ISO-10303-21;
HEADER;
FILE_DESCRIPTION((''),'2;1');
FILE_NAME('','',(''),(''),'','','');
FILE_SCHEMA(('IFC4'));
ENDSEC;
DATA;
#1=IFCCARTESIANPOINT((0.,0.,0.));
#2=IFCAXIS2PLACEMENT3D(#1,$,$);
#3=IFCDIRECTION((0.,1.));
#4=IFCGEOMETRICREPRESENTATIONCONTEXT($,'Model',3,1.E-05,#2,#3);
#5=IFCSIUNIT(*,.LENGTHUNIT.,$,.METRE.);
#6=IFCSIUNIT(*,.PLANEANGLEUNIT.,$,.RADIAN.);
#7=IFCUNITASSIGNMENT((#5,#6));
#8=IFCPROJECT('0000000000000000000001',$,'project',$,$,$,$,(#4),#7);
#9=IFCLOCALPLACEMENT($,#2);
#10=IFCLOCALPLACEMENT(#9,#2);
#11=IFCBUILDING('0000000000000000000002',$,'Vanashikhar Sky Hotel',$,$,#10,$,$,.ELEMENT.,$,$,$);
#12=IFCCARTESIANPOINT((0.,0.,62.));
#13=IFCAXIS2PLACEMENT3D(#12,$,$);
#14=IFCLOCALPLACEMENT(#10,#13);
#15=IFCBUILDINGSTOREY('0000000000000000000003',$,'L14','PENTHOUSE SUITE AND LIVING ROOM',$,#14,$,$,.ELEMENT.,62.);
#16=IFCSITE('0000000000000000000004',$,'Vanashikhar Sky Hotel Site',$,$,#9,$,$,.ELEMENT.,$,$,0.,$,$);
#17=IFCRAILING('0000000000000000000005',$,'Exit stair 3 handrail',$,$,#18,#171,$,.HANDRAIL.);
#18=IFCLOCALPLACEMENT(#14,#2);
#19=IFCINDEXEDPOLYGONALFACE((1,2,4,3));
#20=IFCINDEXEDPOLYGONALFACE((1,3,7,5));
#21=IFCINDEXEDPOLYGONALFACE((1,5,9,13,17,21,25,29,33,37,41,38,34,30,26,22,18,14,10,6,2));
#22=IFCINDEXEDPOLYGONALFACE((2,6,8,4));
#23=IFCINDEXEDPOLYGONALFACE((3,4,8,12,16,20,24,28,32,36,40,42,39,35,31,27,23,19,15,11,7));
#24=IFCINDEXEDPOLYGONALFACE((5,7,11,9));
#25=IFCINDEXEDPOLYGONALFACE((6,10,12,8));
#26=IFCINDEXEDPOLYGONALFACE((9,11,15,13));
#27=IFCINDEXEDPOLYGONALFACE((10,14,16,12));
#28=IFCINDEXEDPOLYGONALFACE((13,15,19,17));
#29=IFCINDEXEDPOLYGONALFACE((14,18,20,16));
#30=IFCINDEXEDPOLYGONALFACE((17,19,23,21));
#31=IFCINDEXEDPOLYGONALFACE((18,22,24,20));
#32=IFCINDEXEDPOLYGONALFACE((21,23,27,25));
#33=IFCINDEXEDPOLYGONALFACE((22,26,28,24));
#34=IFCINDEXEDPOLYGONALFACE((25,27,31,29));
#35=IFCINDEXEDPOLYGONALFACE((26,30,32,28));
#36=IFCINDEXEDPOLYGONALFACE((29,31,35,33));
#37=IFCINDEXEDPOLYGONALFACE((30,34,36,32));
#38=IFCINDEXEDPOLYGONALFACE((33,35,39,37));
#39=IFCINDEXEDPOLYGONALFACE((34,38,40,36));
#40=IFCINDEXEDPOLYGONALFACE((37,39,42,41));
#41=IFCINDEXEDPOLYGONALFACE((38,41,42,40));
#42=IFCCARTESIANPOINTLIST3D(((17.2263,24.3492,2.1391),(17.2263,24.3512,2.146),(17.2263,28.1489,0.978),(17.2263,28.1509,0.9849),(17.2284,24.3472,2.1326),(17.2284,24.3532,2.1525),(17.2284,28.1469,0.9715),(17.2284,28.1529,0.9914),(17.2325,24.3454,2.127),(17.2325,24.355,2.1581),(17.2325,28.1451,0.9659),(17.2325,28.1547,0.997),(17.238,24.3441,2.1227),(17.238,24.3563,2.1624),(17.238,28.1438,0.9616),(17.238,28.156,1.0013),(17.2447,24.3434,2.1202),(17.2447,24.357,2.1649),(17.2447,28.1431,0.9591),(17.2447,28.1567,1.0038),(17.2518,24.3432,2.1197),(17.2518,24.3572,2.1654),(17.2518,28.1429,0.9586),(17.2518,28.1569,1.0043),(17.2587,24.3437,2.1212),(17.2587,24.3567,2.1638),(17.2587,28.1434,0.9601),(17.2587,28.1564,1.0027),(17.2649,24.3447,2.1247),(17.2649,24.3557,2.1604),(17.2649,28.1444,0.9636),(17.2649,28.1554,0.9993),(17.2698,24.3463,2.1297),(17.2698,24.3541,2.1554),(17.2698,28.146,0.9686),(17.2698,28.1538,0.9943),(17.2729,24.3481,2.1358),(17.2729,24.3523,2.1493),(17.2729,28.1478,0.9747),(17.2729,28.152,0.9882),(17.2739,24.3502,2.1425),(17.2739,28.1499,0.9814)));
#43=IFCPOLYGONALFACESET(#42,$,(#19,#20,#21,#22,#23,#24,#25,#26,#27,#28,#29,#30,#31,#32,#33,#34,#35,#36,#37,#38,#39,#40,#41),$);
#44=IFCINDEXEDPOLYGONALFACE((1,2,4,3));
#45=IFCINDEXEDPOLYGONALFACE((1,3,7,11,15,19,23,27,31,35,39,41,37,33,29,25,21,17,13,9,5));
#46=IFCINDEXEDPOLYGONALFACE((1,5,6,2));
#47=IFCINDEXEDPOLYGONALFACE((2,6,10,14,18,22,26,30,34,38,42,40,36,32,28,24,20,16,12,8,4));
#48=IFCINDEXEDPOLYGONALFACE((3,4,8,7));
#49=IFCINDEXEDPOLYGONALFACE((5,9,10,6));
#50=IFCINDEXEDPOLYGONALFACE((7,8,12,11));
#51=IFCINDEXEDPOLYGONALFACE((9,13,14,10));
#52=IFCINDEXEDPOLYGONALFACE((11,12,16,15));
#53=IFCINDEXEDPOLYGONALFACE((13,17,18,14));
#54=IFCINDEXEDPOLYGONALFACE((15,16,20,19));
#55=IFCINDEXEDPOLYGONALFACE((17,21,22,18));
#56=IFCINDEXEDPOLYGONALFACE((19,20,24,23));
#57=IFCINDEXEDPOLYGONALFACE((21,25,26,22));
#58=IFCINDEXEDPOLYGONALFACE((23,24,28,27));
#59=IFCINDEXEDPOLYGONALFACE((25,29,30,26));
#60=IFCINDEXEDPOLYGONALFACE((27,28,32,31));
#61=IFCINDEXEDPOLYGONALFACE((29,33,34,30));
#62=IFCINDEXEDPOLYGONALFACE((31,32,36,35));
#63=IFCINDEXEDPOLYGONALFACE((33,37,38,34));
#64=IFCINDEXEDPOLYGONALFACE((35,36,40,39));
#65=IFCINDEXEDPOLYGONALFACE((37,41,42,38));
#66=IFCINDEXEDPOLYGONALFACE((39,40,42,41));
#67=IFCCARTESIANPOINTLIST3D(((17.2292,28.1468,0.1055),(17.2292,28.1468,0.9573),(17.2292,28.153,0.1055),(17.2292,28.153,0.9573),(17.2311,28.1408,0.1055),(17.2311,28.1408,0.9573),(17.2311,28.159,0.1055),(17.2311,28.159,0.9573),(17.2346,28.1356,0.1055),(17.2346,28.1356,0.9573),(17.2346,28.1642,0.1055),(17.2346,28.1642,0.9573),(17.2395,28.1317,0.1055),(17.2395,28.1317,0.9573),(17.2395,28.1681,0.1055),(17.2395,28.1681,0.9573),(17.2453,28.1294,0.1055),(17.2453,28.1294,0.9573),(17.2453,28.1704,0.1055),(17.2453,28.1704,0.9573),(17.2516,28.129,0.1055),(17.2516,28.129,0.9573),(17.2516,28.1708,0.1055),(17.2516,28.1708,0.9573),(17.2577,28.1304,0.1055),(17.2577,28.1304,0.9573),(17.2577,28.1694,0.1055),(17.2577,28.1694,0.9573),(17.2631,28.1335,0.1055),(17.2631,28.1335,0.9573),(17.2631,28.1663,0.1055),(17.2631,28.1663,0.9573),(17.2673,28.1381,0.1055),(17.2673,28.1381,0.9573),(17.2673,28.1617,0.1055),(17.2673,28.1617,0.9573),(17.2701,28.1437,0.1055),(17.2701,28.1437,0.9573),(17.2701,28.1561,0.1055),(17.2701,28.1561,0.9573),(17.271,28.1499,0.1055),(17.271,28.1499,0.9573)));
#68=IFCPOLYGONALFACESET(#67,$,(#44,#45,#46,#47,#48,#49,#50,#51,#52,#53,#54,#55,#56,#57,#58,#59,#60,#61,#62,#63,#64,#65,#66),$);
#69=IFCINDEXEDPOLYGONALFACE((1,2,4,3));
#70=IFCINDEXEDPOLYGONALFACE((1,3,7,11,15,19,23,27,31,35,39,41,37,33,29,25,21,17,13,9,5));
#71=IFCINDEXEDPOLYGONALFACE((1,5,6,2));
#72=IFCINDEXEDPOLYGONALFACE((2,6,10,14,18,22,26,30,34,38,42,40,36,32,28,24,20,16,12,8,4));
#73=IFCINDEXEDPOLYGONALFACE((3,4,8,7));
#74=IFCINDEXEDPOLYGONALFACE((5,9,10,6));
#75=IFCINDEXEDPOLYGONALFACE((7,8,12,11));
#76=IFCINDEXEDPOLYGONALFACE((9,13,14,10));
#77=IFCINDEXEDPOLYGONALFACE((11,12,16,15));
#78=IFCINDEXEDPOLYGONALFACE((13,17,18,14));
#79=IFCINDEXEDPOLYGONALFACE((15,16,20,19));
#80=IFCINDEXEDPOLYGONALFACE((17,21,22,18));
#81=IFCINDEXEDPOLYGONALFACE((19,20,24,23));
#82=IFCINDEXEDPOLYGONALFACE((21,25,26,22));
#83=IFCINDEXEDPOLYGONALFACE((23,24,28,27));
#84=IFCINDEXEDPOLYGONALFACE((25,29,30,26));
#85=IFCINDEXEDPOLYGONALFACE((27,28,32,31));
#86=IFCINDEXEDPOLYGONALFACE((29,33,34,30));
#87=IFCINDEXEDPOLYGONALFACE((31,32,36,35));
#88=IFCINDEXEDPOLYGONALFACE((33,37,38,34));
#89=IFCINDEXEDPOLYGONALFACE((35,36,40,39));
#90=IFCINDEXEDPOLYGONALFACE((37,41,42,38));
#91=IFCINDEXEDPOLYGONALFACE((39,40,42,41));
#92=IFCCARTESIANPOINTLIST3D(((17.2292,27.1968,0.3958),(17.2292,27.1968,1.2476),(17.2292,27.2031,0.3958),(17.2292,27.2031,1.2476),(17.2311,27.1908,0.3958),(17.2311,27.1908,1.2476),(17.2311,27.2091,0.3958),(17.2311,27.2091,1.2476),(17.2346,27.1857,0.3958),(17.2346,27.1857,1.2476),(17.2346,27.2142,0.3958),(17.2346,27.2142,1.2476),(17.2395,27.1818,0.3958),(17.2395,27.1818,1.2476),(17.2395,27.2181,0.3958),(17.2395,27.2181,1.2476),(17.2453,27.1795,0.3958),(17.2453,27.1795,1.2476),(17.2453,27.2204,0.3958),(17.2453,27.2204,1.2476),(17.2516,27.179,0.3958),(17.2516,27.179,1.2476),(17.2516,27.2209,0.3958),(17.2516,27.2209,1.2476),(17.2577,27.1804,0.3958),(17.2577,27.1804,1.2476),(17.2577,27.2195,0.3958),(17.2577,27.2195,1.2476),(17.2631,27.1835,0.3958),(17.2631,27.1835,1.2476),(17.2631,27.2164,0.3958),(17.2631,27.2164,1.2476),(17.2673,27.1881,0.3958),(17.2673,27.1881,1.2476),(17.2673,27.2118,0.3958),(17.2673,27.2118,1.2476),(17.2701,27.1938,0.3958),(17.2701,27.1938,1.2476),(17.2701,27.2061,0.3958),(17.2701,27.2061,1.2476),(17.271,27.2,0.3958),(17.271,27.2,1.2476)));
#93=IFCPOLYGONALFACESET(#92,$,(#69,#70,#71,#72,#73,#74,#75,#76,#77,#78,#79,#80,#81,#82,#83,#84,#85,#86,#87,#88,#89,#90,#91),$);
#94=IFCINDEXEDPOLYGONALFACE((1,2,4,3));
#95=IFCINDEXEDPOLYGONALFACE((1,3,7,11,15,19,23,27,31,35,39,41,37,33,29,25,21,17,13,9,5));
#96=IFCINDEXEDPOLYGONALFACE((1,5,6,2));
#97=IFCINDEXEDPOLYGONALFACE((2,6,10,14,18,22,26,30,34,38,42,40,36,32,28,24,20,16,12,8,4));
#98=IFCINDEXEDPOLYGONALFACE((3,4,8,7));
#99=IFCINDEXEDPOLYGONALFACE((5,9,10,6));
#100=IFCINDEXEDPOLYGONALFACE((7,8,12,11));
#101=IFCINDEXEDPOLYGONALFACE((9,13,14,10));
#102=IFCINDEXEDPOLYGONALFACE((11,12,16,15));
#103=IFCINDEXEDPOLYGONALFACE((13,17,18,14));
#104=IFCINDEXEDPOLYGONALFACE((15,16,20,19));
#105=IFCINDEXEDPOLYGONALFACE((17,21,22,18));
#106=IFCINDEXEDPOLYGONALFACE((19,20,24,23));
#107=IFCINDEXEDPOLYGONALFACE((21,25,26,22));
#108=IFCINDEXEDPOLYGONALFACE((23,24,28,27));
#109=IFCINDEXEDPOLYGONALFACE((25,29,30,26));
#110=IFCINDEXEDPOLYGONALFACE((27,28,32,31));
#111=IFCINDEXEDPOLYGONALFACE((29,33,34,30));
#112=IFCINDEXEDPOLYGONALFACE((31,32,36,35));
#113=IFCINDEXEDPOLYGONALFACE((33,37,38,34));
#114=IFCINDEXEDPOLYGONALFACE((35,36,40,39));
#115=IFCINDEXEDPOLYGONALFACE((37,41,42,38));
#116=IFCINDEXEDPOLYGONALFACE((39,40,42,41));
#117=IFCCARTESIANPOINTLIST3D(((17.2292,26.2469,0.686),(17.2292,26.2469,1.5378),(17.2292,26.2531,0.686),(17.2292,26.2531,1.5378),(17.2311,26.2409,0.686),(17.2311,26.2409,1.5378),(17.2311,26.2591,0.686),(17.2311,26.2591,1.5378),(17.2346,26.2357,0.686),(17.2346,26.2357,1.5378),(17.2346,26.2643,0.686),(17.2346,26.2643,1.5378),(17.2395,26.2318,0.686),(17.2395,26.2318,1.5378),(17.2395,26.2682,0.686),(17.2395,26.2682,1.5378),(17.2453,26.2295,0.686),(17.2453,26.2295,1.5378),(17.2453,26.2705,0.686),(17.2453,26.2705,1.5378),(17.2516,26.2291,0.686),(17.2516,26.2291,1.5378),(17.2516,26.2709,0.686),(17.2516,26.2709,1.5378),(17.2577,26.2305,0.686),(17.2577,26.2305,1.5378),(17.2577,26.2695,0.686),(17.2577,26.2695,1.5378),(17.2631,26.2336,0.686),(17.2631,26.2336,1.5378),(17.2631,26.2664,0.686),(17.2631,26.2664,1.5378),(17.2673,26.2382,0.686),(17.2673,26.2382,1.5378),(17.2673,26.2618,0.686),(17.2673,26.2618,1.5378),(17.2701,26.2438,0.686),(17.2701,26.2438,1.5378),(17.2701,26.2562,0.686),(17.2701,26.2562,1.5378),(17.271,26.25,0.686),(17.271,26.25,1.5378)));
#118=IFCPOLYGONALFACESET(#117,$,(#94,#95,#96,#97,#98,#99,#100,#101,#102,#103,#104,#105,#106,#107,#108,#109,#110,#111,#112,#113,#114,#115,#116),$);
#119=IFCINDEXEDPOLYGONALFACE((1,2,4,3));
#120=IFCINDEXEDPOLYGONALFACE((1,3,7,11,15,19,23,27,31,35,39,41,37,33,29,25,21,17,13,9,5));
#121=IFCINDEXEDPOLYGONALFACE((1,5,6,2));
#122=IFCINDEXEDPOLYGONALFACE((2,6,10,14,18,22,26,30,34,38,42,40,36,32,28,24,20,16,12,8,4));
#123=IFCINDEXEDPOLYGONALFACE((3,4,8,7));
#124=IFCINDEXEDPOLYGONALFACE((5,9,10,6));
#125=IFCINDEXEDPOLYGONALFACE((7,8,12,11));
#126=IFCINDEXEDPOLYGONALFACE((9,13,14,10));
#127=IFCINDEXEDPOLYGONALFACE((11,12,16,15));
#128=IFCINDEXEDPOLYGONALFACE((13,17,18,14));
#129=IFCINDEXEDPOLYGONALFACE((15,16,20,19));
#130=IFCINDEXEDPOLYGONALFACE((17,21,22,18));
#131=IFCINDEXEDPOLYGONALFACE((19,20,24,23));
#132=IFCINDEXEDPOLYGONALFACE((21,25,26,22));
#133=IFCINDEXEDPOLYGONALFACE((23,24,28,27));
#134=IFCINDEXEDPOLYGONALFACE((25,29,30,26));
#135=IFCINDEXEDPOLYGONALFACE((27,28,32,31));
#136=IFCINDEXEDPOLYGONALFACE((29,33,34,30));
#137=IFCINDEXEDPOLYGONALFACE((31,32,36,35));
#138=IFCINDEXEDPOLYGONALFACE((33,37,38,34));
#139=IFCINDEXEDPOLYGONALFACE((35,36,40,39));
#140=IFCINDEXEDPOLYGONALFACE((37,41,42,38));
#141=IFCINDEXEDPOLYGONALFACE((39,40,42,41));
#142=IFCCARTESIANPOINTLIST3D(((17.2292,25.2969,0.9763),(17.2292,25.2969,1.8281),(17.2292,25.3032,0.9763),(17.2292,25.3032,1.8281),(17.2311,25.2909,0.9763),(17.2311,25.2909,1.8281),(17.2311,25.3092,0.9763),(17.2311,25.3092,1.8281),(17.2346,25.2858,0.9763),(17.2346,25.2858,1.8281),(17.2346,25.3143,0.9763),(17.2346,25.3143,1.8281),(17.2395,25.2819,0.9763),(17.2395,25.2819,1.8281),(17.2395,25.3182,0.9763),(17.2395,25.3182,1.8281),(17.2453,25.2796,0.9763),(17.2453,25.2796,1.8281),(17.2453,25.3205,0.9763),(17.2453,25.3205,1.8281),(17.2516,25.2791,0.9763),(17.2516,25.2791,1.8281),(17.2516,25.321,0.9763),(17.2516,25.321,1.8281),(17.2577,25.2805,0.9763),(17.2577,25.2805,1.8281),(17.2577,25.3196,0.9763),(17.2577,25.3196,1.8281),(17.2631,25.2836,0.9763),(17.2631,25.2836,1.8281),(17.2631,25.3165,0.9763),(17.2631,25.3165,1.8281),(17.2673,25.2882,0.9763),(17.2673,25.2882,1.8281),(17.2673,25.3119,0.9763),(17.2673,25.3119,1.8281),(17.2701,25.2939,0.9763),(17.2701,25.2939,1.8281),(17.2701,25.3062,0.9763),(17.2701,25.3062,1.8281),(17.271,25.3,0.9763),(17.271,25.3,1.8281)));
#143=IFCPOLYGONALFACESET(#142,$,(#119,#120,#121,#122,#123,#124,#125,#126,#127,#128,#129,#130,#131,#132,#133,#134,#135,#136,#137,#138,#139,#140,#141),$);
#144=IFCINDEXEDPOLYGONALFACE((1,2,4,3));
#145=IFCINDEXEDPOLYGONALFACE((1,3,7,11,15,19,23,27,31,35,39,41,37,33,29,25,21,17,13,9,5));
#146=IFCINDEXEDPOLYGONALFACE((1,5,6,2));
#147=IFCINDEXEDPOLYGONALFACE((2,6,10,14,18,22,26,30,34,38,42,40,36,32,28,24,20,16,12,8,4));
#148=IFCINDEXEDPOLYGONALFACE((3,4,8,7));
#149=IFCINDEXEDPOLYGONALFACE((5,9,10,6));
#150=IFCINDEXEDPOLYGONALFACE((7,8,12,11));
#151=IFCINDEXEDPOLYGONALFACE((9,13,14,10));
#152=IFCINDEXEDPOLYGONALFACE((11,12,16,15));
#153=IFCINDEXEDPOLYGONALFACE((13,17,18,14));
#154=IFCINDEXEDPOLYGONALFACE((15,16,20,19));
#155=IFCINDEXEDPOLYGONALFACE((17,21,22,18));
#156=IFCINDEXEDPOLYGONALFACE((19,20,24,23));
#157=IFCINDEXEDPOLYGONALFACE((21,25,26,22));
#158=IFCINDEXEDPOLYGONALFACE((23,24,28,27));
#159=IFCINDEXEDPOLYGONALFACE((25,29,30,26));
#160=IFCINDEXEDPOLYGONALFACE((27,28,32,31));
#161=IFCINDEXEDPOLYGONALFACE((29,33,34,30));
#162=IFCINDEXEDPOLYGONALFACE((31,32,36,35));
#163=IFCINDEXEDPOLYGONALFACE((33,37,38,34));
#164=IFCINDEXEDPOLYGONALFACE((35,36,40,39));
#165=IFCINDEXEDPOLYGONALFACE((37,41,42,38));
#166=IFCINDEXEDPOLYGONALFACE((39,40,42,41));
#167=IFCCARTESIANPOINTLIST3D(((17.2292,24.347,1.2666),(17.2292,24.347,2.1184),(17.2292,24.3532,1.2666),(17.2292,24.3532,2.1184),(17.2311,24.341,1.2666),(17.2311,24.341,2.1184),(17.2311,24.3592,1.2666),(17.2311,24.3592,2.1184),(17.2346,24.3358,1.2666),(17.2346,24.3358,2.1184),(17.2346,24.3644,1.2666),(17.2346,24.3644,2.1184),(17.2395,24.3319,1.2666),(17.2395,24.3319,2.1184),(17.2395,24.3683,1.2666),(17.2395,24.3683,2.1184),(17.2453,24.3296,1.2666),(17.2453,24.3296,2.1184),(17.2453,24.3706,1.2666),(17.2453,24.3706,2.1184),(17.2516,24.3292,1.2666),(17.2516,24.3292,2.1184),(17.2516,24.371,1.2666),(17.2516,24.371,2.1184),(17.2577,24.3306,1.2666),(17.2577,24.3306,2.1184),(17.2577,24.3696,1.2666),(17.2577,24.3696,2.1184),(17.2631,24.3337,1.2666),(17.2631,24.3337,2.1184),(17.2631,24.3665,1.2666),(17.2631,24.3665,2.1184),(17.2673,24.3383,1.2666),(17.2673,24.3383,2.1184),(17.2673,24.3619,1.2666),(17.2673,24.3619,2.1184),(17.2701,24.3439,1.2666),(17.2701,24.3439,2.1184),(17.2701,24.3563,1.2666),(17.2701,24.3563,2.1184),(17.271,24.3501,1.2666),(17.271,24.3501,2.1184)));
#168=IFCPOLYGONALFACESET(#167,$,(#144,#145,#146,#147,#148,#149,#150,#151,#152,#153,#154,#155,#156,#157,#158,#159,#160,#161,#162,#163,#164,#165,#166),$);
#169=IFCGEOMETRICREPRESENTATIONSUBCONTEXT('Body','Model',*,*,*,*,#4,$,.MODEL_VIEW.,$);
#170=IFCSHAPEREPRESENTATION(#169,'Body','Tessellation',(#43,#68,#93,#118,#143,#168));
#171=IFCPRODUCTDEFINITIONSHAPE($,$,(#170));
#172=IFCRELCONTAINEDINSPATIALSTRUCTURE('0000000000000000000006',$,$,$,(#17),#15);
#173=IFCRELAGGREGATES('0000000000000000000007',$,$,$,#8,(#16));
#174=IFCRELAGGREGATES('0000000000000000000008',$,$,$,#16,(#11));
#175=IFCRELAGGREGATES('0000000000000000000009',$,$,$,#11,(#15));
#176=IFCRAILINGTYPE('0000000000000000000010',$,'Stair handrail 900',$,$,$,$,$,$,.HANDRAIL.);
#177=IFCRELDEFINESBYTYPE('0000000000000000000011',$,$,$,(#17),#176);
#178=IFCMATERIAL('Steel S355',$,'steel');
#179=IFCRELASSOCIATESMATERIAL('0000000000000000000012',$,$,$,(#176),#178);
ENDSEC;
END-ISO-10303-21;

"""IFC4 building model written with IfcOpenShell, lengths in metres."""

from ifc_helpers import new_model, si_unit, direction, frame, origin, origin_2d, place, context, subcontext, project, spatial, circle, extrude, source, transform, mapped, material, type_object, element, save


model = new_model("IFC4")

# Units and contexts
model_context = context("Model", 3, precision=1e-05, world=origin(), true_north=direction((0.0, 1.0)))
body_context = subcontext(model_context, "Body", "Model", "MODEL_VIEW")
ifc_project = project(units=[si_unit("LENGTHUNIT", "METRE"), si_unit("PLANEANGLEUNIT", "RADIAN")], contexts=[model_context])

# Site, building, storey
site_placement = place(None, origin())
site = spatial("IfcSite", under=ifc_project, at=site_placement, Name="Vanashikhar Sky Hotel Site", CompositionType="ELEMENT", RefElevation=0.0)
building_placement = place(site_placement, origin())
building = spatial("IfcBuilding", under=site, at=building_placement, Name="Vanashikhar Sky Hotel", CompositionType="ELEMENT")
storey_placement = place(building_placement, frame((0.0, 0.0, 62.0)))
storey = spatial("IfcBuildingStorey", under=building, at=storey_placement, Name="L14", Description="PENTHOUSE SUITE AND LIVING ROOM", CompositionType="ELEMENT", Elevation=62.0)

# Railing
ifc_material_1 = material(Name="Steel S355", Category="steel")
railing_type_1 = type_object("IfcRailingType", Name="Stair handrail 900", PredefinedType="HANDRAIL", material=ifc_material_1)
shared_shape_1 = source(origin(), body_context, "Body", "SweptSolid", [
    extrude(circle(Radius=0.0239, at=origin_2d()), frame((0.0, 0.0, 0.876), z_axis=(0.0, -0.956346, 0.292237), x_axis=(1.0, 0.0, 0.0)), (0.0, 0.0, 1.0), 3.9731),
    extrude(circle(Radius=0.021, at=origin_2d()), origin(), (0.0, 0.0, 1.0), 0.8518),
    extrude(circle(Radius=0.021, at=origin_2d()), frame((0.0, -0.95, 0.2903)), (0.0, 0.0, 1.0), 0.8518),
    extrude(circle(Radius=0.021, at=origin_2d()), frame((0.0, -1.8999, 0.5806)), (0.0, 0.0, 1.0), 0.8518),
    extrude(circle(Radius=0.021, at=origin_2d()), frame((0.0, -2.8499, 0.8708)), (0.0, 0.0, 1.0), 0.8518),
    extrude(circle(Radius=0.021, at=origin_2d()), frame((0.0, -3.7998, 1.1611)), (0.0, 0.0, 1.0), 0.8518),
])
for number, where, name in (
    (1, (17.25, 28.1499, 0.1055), "Exit stair 3 handrail"),
):
    element("IfcRailing", number, at=place(storey_placement, frame(where)), inside=storey, type_object=railing_type_1, Name=name, PredefinedType="HANDRAIL", context=body_context, shape_type="MappedRepresentation", body=[
        mapped(shared_shape_1, transform((0.0, 0.0, 0.0), scale=1.0)),
    ])

save(model, "model.ifc")
